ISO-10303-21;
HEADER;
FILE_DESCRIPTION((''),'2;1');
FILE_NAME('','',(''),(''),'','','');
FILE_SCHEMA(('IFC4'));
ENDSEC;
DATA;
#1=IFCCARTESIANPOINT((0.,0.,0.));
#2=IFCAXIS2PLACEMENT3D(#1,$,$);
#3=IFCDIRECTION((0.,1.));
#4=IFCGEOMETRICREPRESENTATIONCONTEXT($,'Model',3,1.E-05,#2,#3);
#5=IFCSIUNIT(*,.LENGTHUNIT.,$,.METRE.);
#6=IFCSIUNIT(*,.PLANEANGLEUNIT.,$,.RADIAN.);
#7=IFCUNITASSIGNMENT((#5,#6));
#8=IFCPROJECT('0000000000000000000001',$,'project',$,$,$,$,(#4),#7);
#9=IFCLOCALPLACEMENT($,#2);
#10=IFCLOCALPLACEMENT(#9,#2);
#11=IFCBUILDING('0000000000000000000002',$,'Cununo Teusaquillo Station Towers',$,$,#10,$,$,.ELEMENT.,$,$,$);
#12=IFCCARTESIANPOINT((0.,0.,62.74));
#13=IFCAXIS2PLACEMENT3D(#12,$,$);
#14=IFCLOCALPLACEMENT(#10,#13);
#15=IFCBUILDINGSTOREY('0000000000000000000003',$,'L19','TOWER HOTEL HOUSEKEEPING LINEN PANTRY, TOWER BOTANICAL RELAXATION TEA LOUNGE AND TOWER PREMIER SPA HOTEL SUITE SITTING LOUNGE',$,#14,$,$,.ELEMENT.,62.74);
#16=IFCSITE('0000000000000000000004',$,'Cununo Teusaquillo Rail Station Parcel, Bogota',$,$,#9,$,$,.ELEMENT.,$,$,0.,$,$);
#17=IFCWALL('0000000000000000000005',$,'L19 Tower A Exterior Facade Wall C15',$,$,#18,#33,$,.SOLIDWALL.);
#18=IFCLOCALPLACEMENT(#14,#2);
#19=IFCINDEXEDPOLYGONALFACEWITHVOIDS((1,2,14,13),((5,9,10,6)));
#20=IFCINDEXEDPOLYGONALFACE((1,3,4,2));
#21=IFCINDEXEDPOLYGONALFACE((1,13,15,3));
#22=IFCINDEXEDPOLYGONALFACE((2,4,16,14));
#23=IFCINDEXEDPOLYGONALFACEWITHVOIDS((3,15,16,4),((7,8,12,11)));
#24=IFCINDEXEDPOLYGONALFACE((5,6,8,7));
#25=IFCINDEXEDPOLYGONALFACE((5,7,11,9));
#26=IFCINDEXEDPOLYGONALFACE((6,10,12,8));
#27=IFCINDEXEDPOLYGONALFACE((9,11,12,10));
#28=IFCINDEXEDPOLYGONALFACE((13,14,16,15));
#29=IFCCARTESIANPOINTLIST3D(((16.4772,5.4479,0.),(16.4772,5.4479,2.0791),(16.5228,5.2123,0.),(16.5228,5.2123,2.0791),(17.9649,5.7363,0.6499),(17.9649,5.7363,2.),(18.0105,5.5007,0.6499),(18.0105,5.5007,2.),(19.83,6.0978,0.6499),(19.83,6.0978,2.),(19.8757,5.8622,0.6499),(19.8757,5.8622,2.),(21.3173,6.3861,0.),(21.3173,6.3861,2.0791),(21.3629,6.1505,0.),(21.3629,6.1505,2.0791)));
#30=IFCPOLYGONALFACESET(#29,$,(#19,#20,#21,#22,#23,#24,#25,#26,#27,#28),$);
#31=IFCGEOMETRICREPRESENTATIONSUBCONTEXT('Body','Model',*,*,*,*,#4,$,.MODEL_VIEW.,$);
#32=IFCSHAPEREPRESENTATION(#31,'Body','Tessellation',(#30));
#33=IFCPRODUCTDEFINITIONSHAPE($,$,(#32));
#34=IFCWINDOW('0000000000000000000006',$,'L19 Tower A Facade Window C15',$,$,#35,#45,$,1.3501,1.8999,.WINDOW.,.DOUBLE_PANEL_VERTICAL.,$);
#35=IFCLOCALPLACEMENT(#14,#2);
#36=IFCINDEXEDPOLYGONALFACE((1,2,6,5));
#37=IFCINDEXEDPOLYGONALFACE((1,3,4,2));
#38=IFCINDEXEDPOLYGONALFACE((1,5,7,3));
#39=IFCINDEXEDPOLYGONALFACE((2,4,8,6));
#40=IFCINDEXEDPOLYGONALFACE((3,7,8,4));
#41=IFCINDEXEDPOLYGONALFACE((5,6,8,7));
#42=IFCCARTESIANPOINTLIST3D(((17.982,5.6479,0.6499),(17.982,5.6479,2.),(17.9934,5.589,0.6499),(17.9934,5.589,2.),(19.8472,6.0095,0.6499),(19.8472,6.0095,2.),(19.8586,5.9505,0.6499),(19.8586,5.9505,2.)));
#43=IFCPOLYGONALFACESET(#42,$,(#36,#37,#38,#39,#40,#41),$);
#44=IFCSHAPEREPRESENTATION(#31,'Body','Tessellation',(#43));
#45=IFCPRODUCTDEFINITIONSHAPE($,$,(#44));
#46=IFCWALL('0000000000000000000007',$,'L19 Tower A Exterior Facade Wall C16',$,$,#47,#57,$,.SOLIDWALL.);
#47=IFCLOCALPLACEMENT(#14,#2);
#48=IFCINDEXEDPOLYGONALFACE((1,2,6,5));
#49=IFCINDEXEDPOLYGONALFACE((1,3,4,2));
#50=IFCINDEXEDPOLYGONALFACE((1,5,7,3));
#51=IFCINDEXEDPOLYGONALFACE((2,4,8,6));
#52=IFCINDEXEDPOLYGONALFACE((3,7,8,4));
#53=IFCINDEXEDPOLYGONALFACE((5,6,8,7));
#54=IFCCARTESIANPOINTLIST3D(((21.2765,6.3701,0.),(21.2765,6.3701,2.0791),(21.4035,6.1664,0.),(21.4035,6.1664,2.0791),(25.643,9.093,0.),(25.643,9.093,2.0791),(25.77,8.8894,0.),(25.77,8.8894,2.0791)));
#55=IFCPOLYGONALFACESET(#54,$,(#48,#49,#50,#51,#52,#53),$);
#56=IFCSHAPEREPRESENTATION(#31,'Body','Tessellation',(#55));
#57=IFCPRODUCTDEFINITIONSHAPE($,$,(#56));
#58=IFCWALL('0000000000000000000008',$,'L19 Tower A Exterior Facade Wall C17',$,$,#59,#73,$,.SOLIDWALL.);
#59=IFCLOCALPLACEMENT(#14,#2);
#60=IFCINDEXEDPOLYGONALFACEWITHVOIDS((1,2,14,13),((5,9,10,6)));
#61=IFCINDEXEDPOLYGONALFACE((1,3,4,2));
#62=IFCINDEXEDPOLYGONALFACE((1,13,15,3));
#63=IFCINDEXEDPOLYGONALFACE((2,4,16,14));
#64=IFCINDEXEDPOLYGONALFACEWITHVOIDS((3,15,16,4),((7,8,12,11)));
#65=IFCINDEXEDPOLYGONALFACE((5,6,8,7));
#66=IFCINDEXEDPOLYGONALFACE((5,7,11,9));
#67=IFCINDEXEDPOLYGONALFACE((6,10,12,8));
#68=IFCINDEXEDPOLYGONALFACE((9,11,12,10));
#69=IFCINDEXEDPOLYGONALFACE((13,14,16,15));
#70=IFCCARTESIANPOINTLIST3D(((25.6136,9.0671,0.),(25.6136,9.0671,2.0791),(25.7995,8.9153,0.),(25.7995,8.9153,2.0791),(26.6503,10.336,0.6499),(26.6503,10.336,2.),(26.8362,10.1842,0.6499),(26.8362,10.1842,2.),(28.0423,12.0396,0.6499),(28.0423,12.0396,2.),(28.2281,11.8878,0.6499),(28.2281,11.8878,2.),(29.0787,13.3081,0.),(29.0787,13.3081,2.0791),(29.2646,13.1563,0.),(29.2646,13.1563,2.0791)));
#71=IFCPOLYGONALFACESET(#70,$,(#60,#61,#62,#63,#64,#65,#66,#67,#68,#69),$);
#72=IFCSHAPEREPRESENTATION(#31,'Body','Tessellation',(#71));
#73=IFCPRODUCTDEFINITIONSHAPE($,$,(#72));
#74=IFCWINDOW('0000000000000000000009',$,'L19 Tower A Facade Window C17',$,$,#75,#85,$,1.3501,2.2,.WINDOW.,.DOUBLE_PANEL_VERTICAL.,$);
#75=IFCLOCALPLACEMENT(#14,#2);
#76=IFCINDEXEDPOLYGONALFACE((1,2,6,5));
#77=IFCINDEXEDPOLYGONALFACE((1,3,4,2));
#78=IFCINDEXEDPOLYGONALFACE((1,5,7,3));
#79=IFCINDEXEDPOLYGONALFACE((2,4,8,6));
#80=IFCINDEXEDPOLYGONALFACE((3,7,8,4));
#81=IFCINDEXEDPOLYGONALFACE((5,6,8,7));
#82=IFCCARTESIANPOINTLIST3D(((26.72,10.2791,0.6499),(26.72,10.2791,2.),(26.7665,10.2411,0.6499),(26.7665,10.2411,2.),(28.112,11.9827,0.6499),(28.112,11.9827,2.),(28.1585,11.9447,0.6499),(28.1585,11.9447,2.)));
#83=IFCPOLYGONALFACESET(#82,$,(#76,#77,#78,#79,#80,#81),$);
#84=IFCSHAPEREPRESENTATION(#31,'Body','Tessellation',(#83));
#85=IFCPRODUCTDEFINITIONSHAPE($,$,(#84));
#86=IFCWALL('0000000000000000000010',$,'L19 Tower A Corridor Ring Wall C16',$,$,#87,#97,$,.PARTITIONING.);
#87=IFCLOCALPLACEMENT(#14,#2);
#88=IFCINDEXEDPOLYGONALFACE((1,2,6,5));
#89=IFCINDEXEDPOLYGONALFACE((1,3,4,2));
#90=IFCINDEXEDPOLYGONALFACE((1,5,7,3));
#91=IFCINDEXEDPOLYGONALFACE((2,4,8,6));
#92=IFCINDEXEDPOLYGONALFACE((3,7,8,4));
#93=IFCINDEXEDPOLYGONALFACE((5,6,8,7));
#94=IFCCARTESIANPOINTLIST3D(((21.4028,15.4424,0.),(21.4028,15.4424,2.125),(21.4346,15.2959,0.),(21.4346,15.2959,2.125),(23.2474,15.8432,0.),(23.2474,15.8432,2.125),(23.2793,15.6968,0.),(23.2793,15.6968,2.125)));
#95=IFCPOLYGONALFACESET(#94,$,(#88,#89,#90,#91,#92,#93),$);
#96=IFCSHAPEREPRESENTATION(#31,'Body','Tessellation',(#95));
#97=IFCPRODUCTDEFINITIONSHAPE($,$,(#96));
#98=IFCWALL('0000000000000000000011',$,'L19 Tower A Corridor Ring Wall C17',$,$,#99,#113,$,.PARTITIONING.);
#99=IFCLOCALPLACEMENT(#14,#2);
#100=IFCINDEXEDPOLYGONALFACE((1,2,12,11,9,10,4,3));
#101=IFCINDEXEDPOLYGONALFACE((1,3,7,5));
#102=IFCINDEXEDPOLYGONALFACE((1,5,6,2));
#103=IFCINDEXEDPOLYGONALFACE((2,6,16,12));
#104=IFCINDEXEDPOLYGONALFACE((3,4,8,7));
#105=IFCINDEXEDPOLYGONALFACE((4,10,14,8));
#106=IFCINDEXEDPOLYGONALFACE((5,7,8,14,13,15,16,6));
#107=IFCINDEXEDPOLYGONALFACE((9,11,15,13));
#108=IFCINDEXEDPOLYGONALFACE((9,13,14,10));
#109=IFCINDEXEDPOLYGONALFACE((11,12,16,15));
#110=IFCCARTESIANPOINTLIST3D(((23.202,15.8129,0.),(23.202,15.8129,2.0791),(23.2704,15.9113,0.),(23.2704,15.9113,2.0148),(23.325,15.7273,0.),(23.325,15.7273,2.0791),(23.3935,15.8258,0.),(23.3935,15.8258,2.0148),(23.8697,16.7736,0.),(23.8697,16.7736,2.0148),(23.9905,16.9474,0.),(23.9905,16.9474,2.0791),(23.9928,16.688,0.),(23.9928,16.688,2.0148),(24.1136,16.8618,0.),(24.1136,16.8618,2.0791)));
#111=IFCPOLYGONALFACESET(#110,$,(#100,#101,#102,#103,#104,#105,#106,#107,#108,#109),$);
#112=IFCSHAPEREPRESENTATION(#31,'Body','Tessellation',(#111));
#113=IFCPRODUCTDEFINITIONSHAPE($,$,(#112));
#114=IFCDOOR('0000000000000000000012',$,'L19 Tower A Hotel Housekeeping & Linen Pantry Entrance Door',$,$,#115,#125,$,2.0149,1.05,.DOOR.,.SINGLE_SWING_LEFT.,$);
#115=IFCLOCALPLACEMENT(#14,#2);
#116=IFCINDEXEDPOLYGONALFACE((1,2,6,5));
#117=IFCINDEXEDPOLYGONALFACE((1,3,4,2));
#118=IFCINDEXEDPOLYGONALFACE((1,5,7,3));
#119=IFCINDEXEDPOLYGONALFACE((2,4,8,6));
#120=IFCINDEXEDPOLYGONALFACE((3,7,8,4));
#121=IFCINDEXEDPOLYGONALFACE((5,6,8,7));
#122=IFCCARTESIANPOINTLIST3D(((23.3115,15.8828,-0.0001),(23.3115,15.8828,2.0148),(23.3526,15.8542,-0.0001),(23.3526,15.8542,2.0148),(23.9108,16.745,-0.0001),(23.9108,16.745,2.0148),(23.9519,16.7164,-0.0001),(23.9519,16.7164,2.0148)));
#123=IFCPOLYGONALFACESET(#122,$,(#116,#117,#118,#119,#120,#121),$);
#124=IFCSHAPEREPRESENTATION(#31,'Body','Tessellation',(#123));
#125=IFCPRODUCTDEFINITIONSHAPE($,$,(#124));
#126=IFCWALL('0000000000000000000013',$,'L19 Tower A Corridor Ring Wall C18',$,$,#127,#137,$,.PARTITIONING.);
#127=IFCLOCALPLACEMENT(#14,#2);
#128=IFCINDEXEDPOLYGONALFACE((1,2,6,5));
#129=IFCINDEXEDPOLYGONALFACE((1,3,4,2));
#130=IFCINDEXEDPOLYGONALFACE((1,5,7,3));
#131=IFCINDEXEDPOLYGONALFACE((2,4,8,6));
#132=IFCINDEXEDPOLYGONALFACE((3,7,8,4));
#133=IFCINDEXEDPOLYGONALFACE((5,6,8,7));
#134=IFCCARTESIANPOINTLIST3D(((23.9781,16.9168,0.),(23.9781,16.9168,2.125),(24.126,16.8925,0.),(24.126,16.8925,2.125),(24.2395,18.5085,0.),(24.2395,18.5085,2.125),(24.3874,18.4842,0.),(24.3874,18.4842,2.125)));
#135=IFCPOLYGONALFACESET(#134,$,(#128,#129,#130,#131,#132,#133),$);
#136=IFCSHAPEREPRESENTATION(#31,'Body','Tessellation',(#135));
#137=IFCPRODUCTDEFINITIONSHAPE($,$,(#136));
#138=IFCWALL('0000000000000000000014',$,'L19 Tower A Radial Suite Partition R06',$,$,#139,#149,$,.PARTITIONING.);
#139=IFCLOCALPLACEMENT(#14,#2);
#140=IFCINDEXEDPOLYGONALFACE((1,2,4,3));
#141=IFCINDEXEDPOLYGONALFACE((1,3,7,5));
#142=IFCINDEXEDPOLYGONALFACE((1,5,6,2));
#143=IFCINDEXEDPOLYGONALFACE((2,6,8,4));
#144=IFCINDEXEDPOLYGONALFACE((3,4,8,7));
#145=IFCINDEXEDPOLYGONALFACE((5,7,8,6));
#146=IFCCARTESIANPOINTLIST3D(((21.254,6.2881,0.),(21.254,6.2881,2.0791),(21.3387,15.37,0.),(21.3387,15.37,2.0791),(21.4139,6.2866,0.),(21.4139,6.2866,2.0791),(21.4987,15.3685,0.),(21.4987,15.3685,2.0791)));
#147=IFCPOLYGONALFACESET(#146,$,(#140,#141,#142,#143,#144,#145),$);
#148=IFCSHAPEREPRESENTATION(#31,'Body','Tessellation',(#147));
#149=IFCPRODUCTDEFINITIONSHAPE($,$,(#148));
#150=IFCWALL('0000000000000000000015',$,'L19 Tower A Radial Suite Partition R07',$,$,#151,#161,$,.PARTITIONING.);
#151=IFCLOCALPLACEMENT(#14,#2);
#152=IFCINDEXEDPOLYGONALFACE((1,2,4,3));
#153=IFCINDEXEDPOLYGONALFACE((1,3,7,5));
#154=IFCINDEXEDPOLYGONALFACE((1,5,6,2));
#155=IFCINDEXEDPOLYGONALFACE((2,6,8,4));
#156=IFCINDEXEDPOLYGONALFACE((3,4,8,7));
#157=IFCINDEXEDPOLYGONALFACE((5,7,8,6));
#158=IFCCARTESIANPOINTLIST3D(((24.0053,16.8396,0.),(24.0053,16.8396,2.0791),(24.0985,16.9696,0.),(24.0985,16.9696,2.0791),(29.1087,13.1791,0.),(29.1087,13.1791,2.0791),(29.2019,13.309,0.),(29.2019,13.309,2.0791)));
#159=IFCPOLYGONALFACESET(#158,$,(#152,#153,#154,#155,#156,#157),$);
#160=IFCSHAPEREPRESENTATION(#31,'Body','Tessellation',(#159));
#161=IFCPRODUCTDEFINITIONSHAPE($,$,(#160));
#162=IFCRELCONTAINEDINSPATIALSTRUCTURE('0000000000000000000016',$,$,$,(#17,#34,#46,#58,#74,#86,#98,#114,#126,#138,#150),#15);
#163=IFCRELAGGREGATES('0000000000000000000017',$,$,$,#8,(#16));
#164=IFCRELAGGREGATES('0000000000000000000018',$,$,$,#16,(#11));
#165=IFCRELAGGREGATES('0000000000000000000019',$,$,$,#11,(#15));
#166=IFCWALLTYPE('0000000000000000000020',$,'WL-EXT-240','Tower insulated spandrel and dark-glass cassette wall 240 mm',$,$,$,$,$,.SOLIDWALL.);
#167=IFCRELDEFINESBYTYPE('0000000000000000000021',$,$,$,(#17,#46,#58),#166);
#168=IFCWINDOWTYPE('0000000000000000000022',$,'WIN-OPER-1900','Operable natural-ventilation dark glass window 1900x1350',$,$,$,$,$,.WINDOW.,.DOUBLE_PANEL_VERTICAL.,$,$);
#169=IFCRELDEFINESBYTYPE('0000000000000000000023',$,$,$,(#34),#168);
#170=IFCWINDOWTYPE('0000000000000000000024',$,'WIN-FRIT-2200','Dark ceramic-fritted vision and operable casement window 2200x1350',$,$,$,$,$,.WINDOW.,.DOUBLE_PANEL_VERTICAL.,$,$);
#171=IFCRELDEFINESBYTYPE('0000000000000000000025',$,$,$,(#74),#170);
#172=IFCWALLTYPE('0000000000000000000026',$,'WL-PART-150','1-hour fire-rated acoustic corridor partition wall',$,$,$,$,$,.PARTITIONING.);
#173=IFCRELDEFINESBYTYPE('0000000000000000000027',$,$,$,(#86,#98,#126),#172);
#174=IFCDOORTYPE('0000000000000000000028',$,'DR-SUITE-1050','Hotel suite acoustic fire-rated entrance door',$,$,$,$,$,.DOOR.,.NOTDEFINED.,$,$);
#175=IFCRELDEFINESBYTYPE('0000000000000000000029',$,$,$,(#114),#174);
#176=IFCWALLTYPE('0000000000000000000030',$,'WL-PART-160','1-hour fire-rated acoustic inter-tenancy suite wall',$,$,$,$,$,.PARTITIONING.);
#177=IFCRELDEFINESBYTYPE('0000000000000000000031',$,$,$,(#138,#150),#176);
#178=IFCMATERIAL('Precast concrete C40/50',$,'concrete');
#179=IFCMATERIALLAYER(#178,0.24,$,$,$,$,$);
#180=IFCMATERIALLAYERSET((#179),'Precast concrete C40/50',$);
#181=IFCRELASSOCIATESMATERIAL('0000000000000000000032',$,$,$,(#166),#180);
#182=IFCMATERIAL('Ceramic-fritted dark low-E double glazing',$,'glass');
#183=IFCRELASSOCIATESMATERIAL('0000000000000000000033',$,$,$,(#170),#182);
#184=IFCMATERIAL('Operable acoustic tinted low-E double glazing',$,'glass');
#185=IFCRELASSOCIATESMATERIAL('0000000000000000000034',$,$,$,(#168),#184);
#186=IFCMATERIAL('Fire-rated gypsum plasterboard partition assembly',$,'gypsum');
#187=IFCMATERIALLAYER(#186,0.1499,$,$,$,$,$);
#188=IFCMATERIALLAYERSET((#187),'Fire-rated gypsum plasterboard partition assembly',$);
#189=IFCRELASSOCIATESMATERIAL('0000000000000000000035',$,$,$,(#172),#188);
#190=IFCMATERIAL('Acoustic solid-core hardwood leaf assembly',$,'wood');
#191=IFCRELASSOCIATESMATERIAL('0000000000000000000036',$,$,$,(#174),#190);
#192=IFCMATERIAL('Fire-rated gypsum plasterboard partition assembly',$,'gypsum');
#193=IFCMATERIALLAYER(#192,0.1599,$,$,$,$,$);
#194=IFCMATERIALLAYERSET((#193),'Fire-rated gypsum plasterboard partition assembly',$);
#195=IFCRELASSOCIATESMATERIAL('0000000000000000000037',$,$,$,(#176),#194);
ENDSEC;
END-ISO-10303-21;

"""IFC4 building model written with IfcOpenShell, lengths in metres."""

from ifc_helpers import new_model, si_unit, direction, frame, frame_2d, origin, place, context, subcontext, project, spatial, rectangle, extrude, source, transform, mapped, material, layer, layer_set, type_object, element, fill, save


model = new_model("IFC4")

# Units and contexts
model_context = context("Model", 3, precision=1e-05, world=origin(), true_north=direction((0.0, 1.0)))
body_context = subcontext(model_context, "Body", "Model", "MODEL_VIEW")
ifc_project = project(units=[si_unit("LENGTHUNIT", "METRE"), si_unit("PLANEANGLEUNIT", "RADIAN")], contexts=[model_context])

# Site, building, storey
site_placement = place(None, origin())
site = spatial("IfcSite", under=ifc_project, at=site_placement, Name="Cununo Teusaquillo Rail Station Parcel, Bogota", CompositionType="ELEMENT", RefElevation=0.0)
building_placement = place(site_placement, origin())
building = spatial("IfcBuilding", under=site, at=building_placement, Name="Cununo Teusaquillo Station Towers", CompositionType="ELEMENT")
storey_placement = place(building_placement, frame((0.0, 0.0, 62.74)))
storey = spatial("IfcBuildingStorey", under=building, at=storey_placement, Name="L19", Description="TOWER HOTEL HOUSEKEEPING LINEN PANTRY, TOWER BOTANICAL RELAXATION TEA LOUNGE AND TOWER PREMIER SPA HOTEL SUITE SITTING LOUNGE", CompositionType="ELEMENT", Elevation=62.74)

# Wall, opening, window
ifc_material_1 = material(Name="Precast concrete C40/50", Category="concrete")
ifc_layer_1 = layer(ifc_material_1, 0.24)
ifc_layer_set_1 = layer_set([ifc_layer_1], Name="Precast concrete C40/50")
wall_type_1 = type_object("IfcWallType", Name="WL-EXT-240", Description="Tower insulated spandrel and dark-glass cassette wall 240 mm", PredefinedType="SOLIDWALL", material=ifc_layer_set_1)
shared_shape_1 = source(origin(), body_context, "Body", "SweptSolid", [
    extrude(rectangle(XDim=2.2, YDim=1.3501, at=frame_2d((1.1001, 0.675))), frame((0.0, 0.1299, 0.0), z_axis=(0.0, -1.0, 0.0), x_axis=(1.0, 0.0, 0.0)), (0.0, 0.0, 1.0), 0.26),
])
ifc_material_2 = material(Name="Ceramic-fritted dark low-E double glazing", Category="glass")
window_type_1 = type_object("IfcWindowType", Name="WIN-FRIT-2200", Description="Dark ceramic-fritted vision and operable casement window 2200x1350", PartitioningType="DOUBLE_PANEL_VERTICAL", PredefinedType="WINDOW", material=ifc_material_2)
shared_shape_2 = source(origin(), body_context, "Body", "SweptSolid", [
    extrude(rectangle(XDim=2.2, YDim=1.3501, at=frame_2d((1.1001, 0.675))), frame((0.0, 0.03, 0.0), z_axis=(0.0, -1.0, 0.0), x_axis=(1.0, 0.0, 0.0)), (0.0, 0.0, 1.0), 0.0601),
])
wall_1_placement = place(storey_placement, frame((21.3401, 6.2683, 0.0), z_axis=(0.0, 0.0, 1.0), x_axis=(-0.981725, -0.190304, 0.0)))
wall_1 = element("IfcWall", 1, at=wall_1_placement, inside=storey, type_object=wall_type_1, Name="L19 Tower A Exterior Facade Wall C15", PredefinedType="SOLIDWALL", context=body_context, shape_type="SweptSolid", body=[
    extrude(rectangle(XDim=4.9302, YDim=0.24, at=frame_2d((2.4651, 0.0))), origin(), (0.0, 0.0, 1.0), 2.0791),
])
shared_shape_3 = source(origin(), body_context, "Body", "SweptSolid", [
    extrude(rectangle(XDim=1.8999, YDim=1.3501, at=frame_2d((0.95, 0.675))), frame((0.0, 0.1299, 0.0), z_axis=(0.0, -1.0, 0.0), x_axis=(1.0, 0.0, 0.0)), (0.0, 0.0, 1.0), 0.26),
])
opening_1_placement = place(wall_1_placement, frame((1.5149, 0.0, 0.6499)))
opening_1 = element("IfcOpeningElement", 2, at=opening_1_placement, cuts=wall_1, PredefinedType="OPENING", context=body_context, shape_type="MappedRepresentation", body=[
    mapped(shared_shape_3, transform((0.0, 0.0, 0.0), x_axis=(1.0, 0.0, 0.0), y_axis=(0.0, 1.0, 0.0), z_axis=(0.0, 0.0, 1.0), scale=1.0)),
])
ifc_material_3 = material(Name="Operable acoustic tinted low-E double glazing", Category="glass")
window_type_2 = type_object("IfcWindowType", Name="WIN-OPER-1900", Description="Operable natural-ventilation dark glass window 1900x1350", PartitioningType="DOUBLE_PANEL_VERTICAL", PredefinedType="WINDOW", material=ifc_material_3)
shared_shape_4 = source(origin(), body_context, "Body", "SweptSolid", [
    extrude(rectangle(XDim=1.8999, YDim=1.3501, at=frame_2d((0.95, 0.675))), frame((0.0, 0.03, 0.0), z_axis=(0.0, -1.0, 0.0), x_axis=(1.0, 0.0, 0.0)), (0.0, 0.0, 1.0), 0.0601),
])
window_1_placement = place(opening_1_placement, origin())
window_1 = element("IfcWindow", 3, at=window_1_placement, inside=storey, type_object=window_type_2, Name="L19 Tower A Facade Window C15", OverallHeight=1.3501, OverallWidth=1.8999, PartitioningType="DOUBLE_PANEL_VERTICAL", PredefinedType="WINDOW", context=body_context, shape_type="MappedRepresentation", body=[
    mapped(shared_shape_4, transform((0.0, 0.0, 0.0), x_axis=(1.0, 0.0, 0.0), y_axis=(0.0, 1.0, 0.0), z_axis=(0.0, 0.0, 1.0), scale=1.0)),
])
fill(opening_1, window_1)

# Wall
wall_2_placement = place(storey_placement, frame((25.7065, 8.9912, 0.0), z_axis=(0.0, 0.0, 1.0), x_axis=(-0.848534, -0.529141, 0.0)))
element("IfcWall", 4, at=wall_2_placement, inside=storey, type_object=wall_type_1, Name="L19 Tower A Exterior Facade Wall C16", PredefinedType="SOLIDWALL", context=body_context, shape_type="SweptSolid", body=[
    extrude(rectangle(XDim=5.146, YDim=0.24, at=frame_2d((2.573, 0.0))), origin(), (0.0, 0.0, 1.0), 2.0791),
])

# Wall, opening, window
wall_3_placement = place(storey_placement, frame((29.1716, 13.2322, 0.0), z_axis=(0.0, 0.0, 1.0), x_axis=(-0.632713, -0.774386, 0.0)))
wall_3 = element("IfcWall", 5, at=wall_3_placement, inside=storey, type_object=wall_type_1, Name="L19 Tower A Exterior Facade Wall C17", PredefinedType="SOLIDWALL", context=body_context, shape_type="SweptSolid", body=[
    extrude(rectangle(XDim=5.4766, YDim=0.24, at=frame_2d((2.7383, 0.0))), origin(), (0.0, 0.0, 1.0), 2.0791),
])
opening_2_placement = place(wall_3_placement, frame((1.6379, 0.0, 0.6499)))
opening_2 = element("IfcOpeningElement", 6, at=opening_2_placement, cuts=wall_3, PredefinedType="OPENING", context=body_context, shape_type="MappedRepresentation", body=[
    mapped(shared_shape_1, transform((0.0, 0.0, 0.0), x_axis=(1.0, 0.0, 0.0), y_axis=(0.0, 1.0, 0.0), z_axis=(0.0, 0.0, 1.0), scale=1.0)),
])
window_2_placement = place(opening_2_placement, origin())
window_2 = element("IfcWindow", 7, at=window_2_placement, inside=storey, type_object=window_type_1, Name="L19 Tower A Facade Window C17", OverallHeight=1.3501, OverallWidth=2.2, PartitioningType="DOUBLE_PANEL_VERTICAL", PredefinedType="WINDOW", context=body_context, shape_type="MappedRepresentation", body=[
    mapped(shared_shape_2, transform((0.0, 0.0, 0.0), x_axis=(1.0, 0.0, 0.0), y_axis=(0.0, 1.0, 0.0), z_axis=(0.0, 0.0, 1.0), scale=1.0)),
])
fill(opening_2, window_2)

# Wall
ifc_material_4 = material(Name="Fire-rated gypsum plasterboard partition assembly", Category="gypsum")
ifc_layer_2 = layer(ifc_material_4, 0.1499)
ifc_layer_set_2 = layer_set([ifc_layer_2], Name="Fire-rated gypsum plasterboard partition assembly")
wall_type_2 = type_object("IfcWallType", Name="WL-PART-150", Description="1-hour fire-rated acoustic corridor partition wall", PredefinedType="PARTITIONING", material=ifc_layer_set_2)
wall_4_placement = place(storey_placement, frame((21.4187, 15.3691, 0.0), z_axis=(0.0, 0.0, 1.0), x_axis=(0.977193, 0.212354, 0.0)))
element("IfcWall", 8, at=wall_4_placement, inside=storey, type_object=wall_type_2, Name="L19 Tower A Corridor Ring Wall C16", PredefinedType="PARTITIONING", context=body_context, shape_type="SweptSolid", body=[
    extrude(rectangle(XDim=1.8877, YDim=0.1499, at=frame_2d((0.9438, 0.0))), origin(), (0.0, 0.0, 1.0), 2.125),
])

# Wall, opening, door
wall_5_placement = place(storey_placement, frame((23.2634, 15.77, 0.0), z_axis=(0.0, 0.0, 1.0), x_axis=(0.570743, 0.821128, 0.0)))
wall_5 = element("IfcWall", 9, at=wall_5_placement, inside=storey, type_object=wall_type_2, Name="L19 Tower A Corridor Ring Wall C17", PredefinedType="PARTITIONING", context=body_context, shape_type="SweptSolid", body=[
    extrude(rectangle(XDim=1.3816, YDim=0.1499, at=frame_2d((0.6909, 0.0))), origin(), (0.0, 0.0, 1.0), 2.0791),
])
shared_shape_5 = source(origin(), body_context, "Body", "SweptSolid", [
    extrude(rectangle(XDim=1.05, YDim=2.0149, at=frame_2d((0.5249, 1.0073))), frame((0.0, 0.085, 0.0), z_axis=(0.0, -1.0, 0.0), x_axis=(1.0, 0.0, 0.0)), (0.0, 0.0, 1.0), 0.1699),
])
opening_3_placement = place(wall_5_placement, frame((0.1201, 0.0, 0.0)))
opening_3 = element("IfcOpeningElement", 10, at=opening_3_placement, cuts=wall_5, PredefinedType="OPENING", context=body_context, shape_type="MappedRepresentation", body=[
    mapped(shared_shape_5, transform((0.0, 0.0, 0.0), x_axis=(1.0, 0.0, 0.0), y_axis=(0.0, 1.0, 0.0), z_axis=(0.0, 0.0, 1.0), scale=1.0)),
])
ifc_material_5 = material(Name="Acoustic solid-core hardwood leaf assembly", Category="wood")
door_type_1 = type_object("IfcDoorType", Name="DR-SUITE-1050", Description="Hotel suite acoustic fire-rated entrance door", OperationType="NOTDEFINED", PredefinedType="DOOR", material=ifc_material_5)
shared_shape_6 = source(origin(), body_context, "Body", "SweptSolid", [
    extrude(rectangle(XDim=1.05, YDim=2.0149, at=frame_2d((0.5249, 1.0073))), frame((0.0, 0.0249, 0.0), z_axis=(0.0, -1.0, 0.0), x_axis=(1.0, 0.0, 0.0)), (0.0, 0.0, 1.0), 0.05),
])
door_1_placement = place(opening_3_placement, origin())
door_1 = element("IfcDoor", 11, at=door_1_placement, inside=storey, type_object=door_type_1, Name="L19 Tower A Hotel Housekeeping & Linen Pantry Entrance Door", OperationType="SINGLE_SWING_LEFT", OverallHeight=2.0149, OverallWidth=1.05, PredefinedType="DOOR", context=body_context, shape_type="MappedRepresentation", body=[
    mapped(shared_shape_6, transform((0.0, 0.0, 0.0), x_axis=(1.0, 0.0, 0.0), y_axis=(0.0, 1.0, 0.0), z_axis=(0.0, 0.0, 1.0), scale=1.0)),
])
fill(opening_3, door_1)

# Walls
wall_6_placement = place(storey_placement, frame((24.052, 16.9045, 0.0), z_axis=(0.0, 0.0, 1.0), x_axis=(0.162092, 0.986776, 0.0)))
element("IfcWall", 12, at=wall_6_placement, inside=storey, type_object=wall_type_2, Name="L19 Tower A Corridor Ring Wall C18", PredefinedType="PARTITIONING", context=body_context, shape_type="SweptSolid", body=[
    extrude(rectangle(XDim=1.613, YDim=0.1499, at=frame_2d((0.8066, 0.0))), origin(), (0.0, 0.0, 1.0), 2.125),
])
ifc_material_6 = material(Name="Fire-rated gypsum plasterboard partition assembly", Category="gypsum")
ifc_layer_3 = layer(ifc_material_6, 0.1599)
ifc_layer_set_3 = layer_set([ifc_layer_3], Name="Fire-rated gypsum plasterboard partition assembly")
wall_type_3 = type_object("IfcWallType", Name="WL-PART-160", Description="1-hour fire-rated acoustic inter-tenancy suite wall", PredefinedType="PARTITIONING", material=ifc_layer_set_3)
wall_7_placement = place(storey_placement, frame((21.4187, 15.3691, 0.0), z_axis=(0.0, 0.0, 1.0), x_axis=(-0.009328, -0.999956, 0.0)))
element("IfcWall", 13, at=wall_7_placement, inside=storey, type_object=wall_type_3, Name="L19 Tower A Radial Suite Partition R06", PredefinedType="PARTITIONING", context=body_context, shape_type="SweptSolid", body=[
    extrude(rectangle(XDim=9.0823, YDim=0.1599, at=frame_2d((4.541, 0.0))), origin(), (0.0, 0.0, 1.0), 2.0791),
])
wall_8_placement = place(storey_placement, frame((24.052, 16.9045, 0.0), z_axis=(0.0, 0.0, 1.0), x_axis=(0.812581, -0.582848, 0.0)))
element("IfcWall", 14, at=wall_8_placement, inside=storey, type_object=wall_type_3, Name="L19 Tower A Radial Suite Partition R07", PredefinedType="PARTITIONING", context=body_context, shape_type="SweptSolid", body=[
    extrude(rectangle(XDim=6.2805, YDim=0.1599, at=frame_2d((3.1401, 0.0))), origin(), (0.0, 0.0, 1.0), 2.0791),
])

save(model, "model.ifc")
